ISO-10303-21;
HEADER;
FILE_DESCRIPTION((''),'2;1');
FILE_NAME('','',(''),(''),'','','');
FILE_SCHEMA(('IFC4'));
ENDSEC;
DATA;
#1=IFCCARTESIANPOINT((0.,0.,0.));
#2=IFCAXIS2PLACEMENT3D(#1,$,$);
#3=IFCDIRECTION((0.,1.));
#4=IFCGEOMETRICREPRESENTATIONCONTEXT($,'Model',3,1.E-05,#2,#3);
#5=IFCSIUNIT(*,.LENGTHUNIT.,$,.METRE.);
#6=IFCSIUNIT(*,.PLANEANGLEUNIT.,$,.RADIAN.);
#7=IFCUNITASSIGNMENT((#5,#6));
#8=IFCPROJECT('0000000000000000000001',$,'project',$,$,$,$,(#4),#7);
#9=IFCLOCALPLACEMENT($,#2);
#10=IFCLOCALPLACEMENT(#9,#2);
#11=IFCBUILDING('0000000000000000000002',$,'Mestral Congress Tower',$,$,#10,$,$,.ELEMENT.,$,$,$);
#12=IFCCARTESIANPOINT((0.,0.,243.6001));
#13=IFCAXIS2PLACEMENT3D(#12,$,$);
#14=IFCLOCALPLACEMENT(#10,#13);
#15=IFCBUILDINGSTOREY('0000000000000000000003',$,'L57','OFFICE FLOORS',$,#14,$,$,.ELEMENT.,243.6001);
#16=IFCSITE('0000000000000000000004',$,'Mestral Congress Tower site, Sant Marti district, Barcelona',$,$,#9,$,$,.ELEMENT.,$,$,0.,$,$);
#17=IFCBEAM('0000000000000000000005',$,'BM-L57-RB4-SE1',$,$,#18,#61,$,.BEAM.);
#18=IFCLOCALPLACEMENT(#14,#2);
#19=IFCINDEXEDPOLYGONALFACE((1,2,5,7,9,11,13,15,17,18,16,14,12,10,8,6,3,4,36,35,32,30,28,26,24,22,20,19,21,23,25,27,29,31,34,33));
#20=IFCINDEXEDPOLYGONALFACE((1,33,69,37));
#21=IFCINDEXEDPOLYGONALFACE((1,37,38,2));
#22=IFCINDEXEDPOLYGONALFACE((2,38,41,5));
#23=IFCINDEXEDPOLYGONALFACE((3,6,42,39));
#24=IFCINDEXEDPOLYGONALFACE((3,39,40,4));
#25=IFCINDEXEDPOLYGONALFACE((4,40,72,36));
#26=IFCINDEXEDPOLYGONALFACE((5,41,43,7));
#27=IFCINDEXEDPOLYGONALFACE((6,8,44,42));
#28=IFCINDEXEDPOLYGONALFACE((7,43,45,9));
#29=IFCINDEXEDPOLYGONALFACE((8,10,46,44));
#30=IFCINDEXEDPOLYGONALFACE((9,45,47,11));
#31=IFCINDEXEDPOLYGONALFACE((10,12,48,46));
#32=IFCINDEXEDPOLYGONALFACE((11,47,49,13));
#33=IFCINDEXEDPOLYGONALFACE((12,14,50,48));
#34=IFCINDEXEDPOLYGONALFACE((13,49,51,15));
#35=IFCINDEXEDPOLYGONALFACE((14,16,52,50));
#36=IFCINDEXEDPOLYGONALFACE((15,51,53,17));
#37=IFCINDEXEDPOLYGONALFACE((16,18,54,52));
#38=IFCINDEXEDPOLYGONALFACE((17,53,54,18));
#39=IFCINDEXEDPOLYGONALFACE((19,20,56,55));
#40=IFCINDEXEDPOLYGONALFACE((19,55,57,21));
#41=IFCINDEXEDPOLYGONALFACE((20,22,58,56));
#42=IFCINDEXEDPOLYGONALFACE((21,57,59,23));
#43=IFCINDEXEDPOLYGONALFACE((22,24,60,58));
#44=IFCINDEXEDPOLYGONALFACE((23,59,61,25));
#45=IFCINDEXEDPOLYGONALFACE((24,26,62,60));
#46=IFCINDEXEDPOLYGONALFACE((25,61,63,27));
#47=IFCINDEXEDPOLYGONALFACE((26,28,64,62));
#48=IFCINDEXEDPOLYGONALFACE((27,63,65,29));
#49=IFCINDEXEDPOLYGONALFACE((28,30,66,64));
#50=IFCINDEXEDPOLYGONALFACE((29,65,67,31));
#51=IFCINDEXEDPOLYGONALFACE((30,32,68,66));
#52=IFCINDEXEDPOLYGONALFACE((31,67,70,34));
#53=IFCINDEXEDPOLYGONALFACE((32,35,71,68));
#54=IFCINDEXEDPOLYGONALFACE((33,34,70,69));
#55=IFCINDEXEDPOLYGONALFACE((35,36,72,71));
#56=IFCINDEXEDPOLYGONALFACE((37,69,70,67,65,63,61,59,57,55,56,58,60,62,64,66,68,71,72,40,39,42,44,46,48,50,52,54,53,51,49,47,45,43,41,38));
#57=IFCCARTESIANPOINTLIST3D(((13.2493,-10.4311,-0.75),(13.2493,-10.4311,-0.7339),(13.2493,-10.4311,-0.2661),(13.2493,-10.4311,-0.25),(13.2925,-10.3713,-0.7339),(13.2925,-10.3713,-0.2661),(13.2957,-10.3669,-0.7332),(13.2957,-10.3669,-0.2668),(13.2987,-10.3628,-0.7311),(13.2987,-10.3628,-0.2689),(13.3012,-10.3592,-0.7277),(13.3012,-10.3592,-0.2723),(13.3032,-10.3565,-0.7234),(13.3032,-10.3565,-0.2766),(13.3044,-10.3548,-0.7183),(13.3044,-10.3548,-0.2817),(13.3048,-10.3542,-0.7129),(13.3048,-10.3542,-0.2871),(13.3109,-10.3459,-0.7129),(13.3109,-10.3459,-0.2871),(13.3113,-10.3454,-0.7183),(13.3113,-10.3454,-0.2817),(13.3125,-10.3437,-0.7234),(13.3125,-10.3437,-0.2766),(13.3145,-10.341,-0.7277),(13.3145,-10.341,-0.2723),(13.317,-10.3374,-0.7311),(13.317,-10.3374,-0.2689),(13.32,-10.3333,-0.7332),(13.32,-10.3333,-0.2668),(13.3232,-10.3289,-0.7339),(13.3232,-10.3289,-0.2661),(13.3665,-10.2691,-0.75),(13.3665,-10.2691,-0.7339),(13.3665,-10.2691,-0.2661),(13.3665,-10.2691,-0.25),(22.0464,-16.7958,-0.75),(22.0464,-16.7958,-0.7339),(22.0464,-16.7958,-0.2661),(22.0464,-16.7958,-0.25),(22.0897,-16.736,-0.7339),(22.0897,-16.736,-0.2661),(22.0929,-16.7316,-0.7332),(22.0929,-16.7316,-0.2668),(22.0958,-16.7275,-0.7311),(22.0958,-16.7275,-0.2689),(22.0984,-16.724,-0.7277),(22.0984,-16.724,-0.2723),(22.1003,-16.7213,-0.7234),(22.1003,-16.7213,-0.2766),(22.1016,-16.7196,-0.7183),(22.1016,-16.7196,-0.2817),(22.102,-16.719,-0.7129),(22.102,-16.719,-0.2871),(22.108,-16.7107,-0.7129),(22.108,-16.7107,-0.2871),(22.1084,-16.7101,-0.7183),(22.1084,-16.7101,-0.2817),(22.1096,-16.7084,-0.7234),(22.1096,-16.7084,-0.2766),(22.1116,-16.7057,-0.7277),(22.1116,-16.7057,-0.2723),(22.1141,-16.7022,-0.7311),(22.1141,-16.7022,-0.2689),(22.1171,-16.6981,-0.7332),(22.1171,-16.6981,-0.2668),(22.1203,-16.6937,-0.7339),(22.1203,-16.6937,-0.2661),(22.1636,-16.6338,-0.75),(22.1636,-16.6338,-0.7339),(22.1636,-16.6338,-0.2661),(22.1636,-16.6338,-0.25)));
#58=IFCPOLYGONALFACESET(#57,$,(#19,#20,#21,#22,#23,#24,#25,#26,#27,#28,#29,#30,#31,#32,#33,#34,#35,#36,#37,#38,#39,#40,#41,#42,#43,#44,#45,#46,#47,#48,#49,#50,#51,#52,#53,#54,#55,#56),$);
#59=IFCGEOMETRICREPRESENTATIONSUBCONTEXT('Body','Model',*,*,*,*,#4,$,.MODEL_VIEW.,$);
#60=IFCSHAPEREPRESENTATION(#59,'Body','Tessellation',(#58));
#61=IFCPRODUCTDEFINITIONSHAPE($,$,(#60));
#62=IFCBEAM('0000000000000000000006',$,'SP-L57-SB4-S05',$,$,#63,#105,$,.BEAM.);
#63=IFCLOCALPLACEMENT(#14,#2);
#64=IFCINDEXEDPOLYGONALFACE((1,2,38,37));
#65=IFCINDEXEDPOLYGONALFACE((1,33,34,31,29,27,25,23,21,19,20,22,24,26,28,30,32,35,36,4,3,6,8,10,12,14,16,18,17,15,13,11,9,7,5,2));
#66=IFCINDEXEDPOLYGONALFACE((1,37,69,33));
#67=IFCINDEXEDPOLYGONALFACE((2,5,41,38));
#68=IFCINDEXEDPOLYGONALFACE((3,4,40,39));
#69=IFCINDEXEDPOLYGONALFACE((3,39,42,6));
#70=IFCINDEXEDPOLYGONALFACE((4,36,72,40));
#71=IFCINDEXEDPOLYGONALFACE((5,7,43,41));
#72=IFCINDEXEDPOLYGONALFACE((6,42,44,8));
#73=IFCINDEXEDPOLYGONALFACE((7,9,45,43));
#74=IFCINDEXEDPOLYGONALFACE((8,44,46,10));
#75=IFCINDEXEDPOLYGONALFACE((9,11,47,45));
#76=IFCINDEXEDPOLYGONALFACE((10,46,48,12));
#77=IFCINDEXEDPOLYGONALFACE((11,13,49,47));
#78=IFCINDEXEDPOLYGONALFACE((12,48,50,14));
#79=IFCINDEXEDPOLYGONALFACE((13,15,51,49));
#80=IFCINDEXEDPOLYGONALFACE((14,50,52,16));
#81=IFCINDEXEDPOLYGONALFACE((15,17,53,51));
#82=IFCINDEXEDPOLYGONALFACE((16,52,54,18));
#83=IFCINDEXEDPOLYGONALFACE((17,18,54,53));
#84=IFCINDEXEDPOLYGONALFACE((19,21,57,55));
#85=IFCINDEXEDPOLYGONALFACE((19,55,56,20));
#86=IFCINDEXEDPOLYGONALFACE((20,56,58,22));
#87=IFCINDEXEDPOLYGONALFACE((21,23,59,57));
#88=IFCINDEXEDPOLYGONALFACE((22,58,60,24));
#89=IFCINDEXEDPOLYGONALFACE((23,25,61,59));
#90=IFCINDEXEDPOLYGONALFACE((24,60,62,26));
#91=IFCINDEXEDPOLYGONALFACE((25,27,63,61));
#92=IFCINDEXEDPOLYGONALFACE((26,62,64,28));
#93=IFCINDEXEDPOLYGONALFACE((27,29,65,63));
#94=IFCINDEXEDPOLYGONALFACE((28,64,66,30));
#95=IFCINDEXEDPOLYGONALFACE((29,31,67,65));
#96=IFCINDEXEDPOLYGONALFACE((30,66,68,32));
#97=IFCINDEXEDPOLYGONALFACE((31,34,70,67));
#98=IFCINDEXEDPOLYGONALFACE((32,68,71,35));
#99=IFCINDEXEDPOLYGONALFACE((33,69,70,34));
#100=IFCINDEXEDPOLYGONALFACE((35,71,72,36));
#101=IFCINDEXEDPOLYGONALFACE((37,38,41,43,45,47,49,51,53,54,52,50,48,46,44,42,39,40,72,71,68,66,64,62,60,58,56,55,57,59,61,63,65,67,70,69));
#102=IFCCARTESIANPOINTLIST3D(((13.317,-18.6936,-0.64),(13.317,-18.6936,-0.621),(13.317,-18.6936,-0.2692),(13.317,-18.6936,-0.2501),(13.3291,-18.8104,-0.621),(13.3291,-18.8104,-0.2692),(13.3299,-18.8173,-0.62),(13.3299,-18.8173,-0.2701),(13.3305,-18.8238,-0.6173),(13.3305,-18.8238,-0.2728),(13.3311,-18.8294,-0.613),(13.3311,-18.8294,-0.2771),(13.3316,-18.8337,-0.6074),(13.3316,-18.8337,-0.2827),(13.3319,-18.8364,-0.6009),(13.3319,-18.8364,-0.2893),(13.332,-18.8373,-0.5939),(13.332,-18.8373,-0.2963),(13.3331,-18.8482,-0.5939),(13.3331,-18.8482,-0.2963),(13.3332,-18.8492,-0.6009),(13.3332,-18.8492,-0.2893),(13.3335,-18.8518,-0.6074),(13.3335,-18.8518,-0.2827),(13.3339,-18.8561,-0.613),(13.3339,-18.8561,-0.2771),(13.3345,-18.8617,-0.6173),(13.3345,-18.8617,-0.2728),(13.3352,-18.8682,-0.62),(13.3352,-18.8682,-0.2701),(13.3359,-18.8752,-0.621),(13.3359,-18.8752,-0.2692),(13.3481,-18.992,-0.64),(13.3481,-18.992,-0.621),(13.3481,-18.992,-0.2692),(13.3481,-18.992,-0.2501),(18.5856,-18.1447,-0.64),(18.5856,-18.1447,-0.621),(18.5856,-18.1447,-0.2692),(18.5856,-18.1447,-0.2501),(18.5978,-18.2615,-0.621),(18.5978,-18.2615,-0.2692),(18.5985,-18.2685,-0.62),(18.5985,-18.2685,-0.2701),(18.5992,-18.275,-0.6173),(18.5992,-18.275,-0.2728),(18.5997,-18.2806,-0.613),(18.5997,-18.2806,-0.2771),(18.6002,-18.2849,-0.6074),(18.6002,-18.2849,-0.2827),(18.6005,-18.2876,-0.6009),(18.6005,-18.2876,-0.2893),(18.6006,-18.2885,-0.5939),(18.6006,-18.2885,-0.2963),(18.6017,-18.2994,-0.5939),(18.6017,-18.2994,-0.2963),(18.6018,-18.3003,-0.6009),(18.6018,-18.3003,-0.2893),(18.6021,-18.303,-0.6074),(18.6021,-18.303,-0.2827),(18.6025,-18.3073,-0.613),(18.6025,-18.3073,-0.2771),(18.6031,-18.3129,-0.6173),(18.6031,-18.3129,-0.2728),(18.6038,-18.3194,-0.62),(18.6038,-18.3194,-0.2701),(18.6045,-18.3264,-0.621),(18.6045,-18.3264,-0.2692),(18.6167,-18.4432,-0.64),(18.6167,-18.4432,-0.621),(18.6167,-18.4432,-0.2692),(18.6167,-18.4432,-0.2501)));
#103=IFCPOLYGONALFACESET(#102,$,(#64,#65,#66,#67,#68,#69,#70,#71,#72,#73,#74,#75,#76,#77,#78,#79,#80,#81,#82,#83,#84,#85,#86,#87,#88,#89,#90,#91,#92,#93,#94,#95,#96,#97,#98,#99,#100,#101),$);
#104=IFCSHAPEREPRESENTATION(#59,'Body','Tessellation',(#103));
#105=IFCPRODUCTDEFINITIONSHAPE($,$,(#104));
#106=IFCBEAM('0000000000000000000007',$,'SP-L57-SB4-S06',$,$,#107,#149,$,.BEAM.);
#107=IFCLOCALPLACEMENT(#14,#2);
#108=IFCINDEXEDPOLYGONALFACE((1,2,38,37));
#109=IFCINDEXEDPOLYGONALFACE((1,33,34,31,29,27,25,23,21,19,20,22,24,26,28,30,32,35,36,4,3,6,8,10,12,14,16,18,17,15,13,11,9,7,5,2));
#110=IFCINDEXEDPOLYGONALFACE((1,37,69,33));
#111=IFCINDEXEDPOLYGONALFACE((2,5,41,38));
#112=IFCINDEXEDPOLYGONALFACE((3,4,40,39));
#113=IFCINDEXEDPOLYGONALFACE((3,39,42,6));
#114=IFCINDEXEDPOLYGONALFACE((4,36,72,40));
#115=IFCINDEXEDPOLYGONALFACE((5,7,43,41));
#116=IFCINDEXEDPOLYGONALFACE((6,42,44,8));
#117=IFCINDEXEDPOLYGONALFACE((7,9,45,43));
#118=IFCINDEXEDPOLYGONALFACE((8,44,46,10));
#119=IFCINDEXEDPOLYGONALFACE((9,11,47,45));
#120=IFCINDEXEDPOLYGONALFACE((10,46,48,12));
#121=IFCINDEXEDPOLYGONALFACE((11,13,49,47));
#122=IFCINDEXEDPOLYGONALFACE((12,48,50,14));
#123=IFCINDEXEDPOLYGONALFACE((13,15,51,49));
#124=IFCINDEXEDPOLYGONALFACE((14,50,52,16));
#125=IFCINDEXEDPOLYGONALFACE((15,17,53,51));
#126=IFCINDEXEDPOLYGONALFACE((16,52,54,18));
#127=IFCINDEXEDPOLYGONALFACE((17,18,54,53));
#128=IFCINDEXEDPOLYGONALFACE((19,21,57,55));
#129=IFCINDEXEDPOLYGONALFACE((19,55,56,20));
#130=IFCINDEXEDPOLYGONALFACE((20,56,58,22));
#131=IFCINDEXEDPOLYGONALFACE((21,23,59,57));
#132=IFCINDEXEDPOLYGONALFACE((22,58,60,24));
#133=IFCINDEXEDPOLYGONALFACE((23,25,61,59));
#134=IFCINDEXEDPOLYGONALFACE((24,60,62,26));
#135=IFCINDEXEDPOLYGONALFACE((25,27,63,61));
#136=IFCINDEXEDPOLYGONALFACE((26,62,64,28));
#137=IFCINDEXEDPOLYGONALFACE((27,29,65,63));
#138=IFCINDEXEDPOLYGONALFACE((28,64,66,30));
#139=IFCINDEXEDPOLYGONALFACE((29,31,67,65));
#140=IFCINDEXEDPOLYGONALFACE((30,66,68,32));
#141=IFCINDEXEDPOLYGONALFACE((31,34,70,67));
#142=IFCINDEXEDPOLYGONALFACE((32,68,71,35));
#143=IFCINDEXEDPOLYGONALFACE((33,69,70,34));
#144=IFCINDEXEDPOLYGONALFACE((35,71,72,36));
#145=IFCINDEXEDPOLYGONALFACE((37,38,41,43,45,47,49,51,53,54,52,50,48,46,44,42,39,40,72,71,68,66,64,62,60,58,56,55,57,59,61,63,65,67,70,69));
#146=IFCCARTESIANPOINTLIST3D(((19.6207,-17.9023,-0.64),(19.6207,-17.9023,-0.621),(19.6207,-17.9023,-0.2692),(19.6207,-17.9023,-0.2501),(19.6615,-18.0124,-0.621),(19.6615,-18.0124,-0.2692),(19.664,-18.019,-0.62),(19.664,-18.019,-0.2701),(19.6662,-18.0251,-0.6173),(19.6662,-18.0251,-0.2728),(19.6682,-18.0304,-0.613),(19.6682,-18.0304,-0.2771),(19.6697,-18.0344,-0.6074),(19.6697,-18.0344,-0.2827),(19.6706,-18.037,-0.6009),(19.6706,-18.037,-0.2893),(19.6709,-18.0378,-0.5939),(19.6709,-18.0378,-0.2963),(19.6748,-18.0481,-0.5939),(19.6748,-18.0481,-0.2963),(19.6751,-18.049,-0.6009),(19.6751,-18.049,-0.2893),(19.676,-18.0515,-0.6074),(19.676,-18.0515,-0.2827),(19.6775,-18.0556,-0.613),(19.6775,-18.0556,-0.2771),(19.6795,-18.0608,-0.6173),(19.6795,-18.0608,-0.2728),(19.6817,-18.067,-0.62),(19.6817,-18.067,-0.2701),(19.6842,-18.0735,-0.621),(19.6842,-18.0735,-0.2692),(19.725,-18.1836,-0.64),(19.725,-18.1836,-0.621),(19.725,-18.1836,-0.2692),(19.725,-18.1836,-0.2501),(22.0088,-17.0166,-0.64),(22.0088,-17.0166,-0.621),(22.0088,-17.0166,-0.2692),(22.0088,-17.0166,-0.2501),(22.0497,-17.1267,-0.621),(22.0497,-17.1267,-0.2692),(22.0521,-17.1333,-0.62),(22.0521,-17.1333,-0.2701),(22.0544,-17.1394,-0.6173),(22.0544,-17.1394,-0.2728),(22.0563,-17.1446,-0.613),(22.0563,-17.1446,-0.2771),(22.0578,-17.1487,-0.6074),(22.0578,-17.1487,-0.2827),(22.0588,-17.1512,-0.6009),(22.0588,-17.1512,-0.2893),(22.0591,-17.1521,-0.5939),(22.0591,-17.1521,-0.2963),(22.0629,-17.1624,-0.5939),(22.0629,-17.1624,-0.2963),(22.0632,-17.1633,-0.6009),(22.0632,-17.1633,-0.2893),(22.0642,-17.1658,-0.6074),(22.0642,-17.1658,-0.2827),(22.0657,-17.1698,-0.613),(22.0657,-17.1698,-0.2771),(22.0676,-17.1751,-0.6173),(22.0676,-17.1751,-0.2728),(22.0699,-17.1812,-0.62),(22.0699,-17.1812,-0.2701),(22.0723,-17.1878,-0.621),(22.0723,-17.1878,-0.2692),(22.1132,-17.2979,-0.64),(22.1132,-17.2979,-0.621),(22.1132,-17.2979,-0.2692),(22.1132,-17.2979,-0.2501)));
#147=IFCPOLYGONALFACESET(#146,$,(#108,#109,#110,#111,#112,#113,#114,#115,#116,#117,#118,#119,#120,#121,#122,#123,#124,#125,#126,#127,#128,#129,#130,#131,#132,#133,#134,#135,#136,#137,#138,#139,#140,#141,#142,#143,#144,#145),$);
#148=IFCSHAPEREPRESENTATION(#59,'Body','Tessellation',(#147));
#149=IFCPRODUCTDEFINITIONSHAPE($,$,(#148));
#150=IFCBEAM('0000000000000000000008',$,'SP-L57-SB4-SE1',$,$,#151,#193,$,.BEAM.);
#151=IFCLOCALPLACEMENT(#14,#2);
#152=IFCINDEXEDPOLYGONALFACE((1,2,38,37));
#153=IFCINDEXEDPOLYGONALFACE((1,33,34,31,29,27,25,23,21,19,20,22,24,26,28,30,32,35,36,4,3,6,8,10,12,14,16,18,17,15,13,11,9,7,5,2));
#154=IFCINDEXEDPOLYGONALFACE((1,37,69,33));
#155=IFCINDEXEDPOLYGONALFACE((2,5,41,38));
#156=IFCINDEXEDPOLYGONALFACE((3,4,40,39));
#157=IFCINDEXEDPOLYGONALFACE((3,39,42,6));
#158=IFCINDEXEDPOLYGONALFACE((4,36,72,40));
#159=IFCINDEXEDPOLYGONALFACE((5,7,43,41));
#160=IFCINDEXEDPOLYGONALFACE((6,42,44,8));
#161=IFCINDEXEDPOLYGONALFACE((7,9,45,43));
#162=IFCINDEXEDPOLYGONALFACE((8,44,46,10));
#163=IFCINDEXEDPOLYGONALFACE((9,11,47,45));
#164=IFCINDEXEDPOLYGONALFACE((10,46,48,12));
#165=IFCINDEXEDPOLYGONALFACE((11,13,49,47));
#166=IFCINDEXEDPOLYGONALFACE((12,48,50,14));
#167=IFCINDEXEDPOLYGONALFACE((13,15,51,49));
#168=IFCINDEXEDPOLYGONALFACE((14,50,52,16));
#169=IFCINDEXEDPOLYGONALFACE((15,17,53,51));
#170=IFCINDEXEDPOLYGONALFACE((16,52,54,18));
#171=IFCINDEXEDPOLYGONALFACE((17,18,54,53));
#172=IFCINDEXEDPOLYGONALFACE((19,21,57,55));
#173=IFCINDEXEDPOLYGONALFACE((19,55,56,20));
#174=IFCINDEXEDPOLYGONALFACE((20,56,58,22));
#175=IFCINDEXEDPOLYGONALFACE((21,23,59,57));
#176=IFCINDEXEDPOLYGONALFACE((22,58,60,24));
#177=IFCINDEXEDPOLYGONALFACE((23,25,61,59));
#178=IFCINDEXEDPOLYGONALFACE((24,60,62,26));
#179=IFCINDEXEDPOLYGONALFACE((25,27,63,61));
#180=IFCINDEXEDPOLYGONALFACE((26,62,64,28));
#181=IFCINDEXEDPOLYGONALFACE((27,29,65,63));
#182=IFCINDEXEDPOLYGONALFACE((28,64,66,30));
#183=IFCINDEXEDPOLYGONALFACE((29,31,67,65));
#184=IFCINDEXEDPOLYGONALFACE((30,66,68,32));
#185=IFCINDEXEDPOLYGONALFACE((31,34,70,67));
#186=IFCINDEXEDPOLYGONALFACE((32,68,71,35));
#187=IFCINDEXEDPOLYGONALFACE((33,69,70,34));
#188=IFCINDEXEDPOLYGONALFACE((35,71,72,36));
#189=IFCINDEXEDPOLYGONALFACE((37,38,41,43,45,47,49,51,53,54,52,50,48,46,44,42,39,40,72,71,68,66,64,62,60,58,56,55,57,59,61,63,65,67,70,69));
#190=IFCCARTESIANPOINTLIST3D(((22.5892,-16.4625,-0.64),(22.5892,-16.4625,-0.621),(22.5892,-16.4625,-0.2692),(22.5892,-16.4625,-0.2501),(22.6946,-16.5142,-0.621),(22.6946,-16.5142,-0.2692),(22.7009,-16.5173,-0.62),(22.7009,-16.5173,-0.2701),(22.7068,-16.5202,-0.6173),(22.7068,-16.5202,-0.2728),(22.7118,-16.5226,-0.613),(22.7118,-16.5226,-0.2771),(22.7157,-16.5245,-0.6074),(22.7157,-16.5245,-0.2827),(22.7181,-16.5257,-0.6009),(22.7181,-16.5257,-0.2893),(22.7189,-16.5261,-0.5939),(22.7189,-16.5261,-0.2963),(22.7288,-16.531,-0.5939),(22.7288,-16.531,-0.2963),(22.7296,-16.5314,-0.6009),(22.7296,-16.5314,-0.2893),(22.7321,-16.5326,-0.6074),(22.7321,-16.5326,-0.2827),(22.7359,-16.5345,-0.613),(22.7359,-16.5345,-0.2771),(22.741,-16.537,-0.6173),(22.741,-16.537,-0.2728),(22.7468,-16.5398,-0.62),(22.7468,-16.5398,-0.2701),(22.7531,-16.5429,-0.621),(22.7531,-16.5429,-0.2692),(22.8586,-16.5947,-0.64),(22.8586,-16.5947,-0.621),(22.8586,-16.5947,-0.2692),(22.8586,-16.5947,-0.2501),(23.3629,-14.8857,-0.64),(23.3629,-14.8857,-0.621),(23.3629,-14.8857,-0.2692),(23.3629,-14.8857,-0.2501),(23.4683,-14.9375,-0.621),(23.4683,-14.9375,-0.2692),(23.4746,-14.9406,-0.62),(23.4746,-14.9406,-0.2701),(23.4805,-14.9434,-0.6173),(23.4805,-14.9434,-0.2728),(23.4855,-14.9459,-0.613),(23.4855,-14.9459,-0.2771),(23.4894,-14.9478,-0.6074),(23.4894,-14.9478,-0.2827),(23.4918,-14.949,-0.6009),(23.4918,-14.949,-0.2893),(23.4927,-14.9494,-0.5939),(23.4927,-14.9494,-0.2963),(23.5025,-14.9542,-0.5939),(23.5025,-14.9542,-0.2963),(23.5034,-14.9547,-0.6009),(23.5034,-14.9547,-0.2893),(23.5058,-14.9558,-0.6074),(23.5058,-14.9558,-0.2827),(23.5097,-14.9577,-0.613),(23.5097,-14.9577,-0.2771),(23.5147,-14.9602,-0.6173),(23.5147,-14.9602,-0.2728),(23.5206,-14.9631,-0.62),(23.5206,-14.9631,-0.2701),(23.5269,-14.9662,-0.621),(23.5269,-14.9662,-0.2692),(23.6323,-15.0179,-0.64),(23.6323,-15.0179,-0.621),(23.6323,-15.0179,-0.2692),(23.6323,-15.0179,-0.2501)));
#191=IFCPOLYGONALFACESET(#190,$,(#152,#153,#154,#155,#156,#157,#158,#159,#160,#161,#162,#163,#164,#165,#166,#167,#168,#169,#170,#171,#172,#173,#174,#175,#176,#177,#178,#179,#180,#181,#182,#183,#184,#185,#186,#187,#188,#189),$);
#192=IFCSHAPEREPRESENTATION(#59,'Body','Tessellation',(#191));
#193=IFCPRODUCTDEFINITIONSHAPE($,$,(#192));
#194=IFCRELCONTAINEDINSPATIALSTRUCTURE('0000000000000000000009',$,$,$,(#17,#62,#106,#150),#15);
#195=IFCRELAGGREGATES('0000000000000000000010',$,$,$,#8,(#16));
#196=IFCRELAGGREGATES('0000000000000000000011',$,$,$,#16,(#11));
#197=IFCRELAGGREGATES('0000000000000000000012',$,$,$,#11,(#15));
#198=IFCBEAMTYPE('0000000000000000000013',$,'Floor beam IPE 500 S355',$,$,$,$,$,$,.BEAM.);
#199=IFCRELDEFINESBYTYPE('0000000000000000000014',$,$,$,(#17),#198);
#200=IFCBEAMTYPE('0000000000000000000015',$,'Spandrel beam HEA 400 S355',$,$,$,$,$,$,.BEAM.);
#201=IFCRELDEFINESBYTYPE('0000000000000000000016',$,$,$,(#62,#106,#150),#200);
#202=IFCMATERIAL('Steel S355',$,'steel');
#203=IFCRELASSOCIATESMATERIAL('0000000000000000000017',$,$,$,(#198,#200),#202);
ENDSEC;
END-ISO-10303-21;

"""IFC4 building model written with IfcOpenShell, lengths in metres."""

from ifc_helpers import new_model, si_unit, direction, frame, origin, origin_2d, place, context, subcontext, project, spatial, i_section, extrude, material, material_profile, profile_set, type_object, element, save


model = new_model("IFC4")

# Units and contexts
model_context = context("Model", 3, precision=1e-05, world=origin(), true_north=direction((0.0, 1.0)))
body_context = subcontext(model_context, "Body", "Model", "MODEL_VIEW")
ifc_project = project(units=[si_unit("LENGTHUNIT", "METRE"), si_unit("PLANEANGLEUNIT", "RADIAN")], contexts=[model_context])

# Site, building, storey
site_placement = place(None, origin())
site = spatial("IfcSite", under=ifc_project, at=site_placement, Name="Mestral Congress Tower site, Sant Marti district, Barcelona", CompositionType="ELEMENT", RefElevation=0.0)
building_placement = place(site_placement, origin())
building = spatial("IfcBuilding", under=site, at=building_placement, Name="Mestral Congress Tower", CompositionType="ELEMENT")
storey_placement = place(building_placement, frame((0.0, 0.0, 243.6001)))
storey = spatial("IfcBuildingStorey", under=building, at=storey_placement, Name="L57", Description="OFFICE FLOORS", CompositionType="ELEMENT", Elevation=243.6001)

# Beams
ifc_material_1 = material(Name="Steel S355", Category="steel")
ifc_material_profile_1 = material_profile(ifc_material_1, i_section(OverallWidth=0.2, OverallDepth=0.5, WebThickness=0.0103, FlangeThickness=0.0161, FilletRadius=0.021, at=origin_2d()), Name="IPE 500")
ifc_profile_set_1 = profile_set([ifc_material_profile_1], Name="Steel S355")
beam_type_1 = type_object("IfcBeamType", Name="Floor beam IPE 500 S355", PredefinedType="BEAM", material=ifc_profile_set_1)
beam_1_placement = place(storey_placement, frame((22.105, -16.7148, -0.5), z_axis=(-0.810186, 0.586173, 0.0), x_axis=(-0.586173, -0.810186, 0.0)))
element("IfcBeam", 1, at=beam_1_placement, inside=storey, type_object=beam_type_1, Name="BM-L57-RB4-SE1", PredefinedType="BEAM", context=body_context, shape_type="SweptSolid", body=[
    extrude(i_section(OverallWidth=0.2, OverallDepth=0.5, WebThickness=0.0103, FlangeThickness=0.0161, FilletRadius=0.021, at=origin_2d()), origin(), (0.0, 0.0, 1.0), 10.8582),
])
ifc_material_profile_2 = material_profile(ifc_material_1, i_section(OverallWidth=0.3, OverallDepth=0.3899, WebThickness=0.011, FlangeThickness=0.019, FilletRadius=0.0271, at=origin_2d()), Name="HEA 400")
ifc_profile_set_2 = profile_set([ifc_material_profile_2], Name="Steel S355")
beam_type_2 = type_object("IfcBeamType", Name="Spandrel beam HEA 400 S355", PredefinedType="BEAM", material=ifc_profile_set_2)
beam_2_placement = place(storey_placement, frame((13.3325, -18.8428, -0.4451), z_axis=(0.994618, 0.10361, 0.0), x_axis=(-0.10361, 0.994618, 0.0)))
element("IfcBeam", 2, at=beam_2_placement, inside=storey, type_object=beam_type_2, Name="SP-L57-SB4-S05", PredefinedType="BEAM", context=body_context, shape_type="SweptSolid", body=[
    extrude(i_section(OverallWidth=0.3, OverallDepth=0.3899, WebThickness=0.011, FlangeThickness=0.019, FilletRadius=0.0271, at=origin_2d()), origin(), (0.0, 0.0, 1.0), 5.2971),
])
beam_3_placement = place(storey_placement, frame((19.6729, -18.043, -0.4451), z_axis=(0.937591, 0.347739, 0.0), x_axis=(-0.347739, 0.937591, 0.0)))
element("IfcBeam", 3, at=beam_3_placement, inside=storey, type_object=beam_type_2, Name="SP-L57-SB4-S06", PredefinedType="BEAM", context=body_context, shape_type="SweptSolid", body=[
    extrude(i_section(OverallWidth=0.3, OverallDepth=0.3899, WebThickness=0.011, FlangeThickness=0.019, FilletRadius=0.0271, at=origin_2d()), origin(), (0.0, 0.0, 1.0), 2.5471),
])
for number, where, z_axis, x_axis, name in (
    (4, (22.7239, -16.5286, -0.4451), (0.440529, 0.897739, 0.0), (-0.897739, 0.440529, 0.0), "SP-L57-SB4-SE1"),
):
    element("IfcBeam", number, at=place(storey_placement, frame(where, z_axis=z_axis, x_axis=x_axis)), inside=storey, type_object=beam_type_2, Name=name, PredefinedType="BEAM", context=body_context, shape_type="SweptSolid", body=[
        extrude(i_section(OverallWidth=0.3, OverallDepth=0.3899, WebThickness=0.011, FlangeThickness=0.019, FilletRadius=0.0271, at=origin_2d()), origin(), (0.0, 0.0, 1.0), 1.7563),
    ])

save(model, "model.ifc")
